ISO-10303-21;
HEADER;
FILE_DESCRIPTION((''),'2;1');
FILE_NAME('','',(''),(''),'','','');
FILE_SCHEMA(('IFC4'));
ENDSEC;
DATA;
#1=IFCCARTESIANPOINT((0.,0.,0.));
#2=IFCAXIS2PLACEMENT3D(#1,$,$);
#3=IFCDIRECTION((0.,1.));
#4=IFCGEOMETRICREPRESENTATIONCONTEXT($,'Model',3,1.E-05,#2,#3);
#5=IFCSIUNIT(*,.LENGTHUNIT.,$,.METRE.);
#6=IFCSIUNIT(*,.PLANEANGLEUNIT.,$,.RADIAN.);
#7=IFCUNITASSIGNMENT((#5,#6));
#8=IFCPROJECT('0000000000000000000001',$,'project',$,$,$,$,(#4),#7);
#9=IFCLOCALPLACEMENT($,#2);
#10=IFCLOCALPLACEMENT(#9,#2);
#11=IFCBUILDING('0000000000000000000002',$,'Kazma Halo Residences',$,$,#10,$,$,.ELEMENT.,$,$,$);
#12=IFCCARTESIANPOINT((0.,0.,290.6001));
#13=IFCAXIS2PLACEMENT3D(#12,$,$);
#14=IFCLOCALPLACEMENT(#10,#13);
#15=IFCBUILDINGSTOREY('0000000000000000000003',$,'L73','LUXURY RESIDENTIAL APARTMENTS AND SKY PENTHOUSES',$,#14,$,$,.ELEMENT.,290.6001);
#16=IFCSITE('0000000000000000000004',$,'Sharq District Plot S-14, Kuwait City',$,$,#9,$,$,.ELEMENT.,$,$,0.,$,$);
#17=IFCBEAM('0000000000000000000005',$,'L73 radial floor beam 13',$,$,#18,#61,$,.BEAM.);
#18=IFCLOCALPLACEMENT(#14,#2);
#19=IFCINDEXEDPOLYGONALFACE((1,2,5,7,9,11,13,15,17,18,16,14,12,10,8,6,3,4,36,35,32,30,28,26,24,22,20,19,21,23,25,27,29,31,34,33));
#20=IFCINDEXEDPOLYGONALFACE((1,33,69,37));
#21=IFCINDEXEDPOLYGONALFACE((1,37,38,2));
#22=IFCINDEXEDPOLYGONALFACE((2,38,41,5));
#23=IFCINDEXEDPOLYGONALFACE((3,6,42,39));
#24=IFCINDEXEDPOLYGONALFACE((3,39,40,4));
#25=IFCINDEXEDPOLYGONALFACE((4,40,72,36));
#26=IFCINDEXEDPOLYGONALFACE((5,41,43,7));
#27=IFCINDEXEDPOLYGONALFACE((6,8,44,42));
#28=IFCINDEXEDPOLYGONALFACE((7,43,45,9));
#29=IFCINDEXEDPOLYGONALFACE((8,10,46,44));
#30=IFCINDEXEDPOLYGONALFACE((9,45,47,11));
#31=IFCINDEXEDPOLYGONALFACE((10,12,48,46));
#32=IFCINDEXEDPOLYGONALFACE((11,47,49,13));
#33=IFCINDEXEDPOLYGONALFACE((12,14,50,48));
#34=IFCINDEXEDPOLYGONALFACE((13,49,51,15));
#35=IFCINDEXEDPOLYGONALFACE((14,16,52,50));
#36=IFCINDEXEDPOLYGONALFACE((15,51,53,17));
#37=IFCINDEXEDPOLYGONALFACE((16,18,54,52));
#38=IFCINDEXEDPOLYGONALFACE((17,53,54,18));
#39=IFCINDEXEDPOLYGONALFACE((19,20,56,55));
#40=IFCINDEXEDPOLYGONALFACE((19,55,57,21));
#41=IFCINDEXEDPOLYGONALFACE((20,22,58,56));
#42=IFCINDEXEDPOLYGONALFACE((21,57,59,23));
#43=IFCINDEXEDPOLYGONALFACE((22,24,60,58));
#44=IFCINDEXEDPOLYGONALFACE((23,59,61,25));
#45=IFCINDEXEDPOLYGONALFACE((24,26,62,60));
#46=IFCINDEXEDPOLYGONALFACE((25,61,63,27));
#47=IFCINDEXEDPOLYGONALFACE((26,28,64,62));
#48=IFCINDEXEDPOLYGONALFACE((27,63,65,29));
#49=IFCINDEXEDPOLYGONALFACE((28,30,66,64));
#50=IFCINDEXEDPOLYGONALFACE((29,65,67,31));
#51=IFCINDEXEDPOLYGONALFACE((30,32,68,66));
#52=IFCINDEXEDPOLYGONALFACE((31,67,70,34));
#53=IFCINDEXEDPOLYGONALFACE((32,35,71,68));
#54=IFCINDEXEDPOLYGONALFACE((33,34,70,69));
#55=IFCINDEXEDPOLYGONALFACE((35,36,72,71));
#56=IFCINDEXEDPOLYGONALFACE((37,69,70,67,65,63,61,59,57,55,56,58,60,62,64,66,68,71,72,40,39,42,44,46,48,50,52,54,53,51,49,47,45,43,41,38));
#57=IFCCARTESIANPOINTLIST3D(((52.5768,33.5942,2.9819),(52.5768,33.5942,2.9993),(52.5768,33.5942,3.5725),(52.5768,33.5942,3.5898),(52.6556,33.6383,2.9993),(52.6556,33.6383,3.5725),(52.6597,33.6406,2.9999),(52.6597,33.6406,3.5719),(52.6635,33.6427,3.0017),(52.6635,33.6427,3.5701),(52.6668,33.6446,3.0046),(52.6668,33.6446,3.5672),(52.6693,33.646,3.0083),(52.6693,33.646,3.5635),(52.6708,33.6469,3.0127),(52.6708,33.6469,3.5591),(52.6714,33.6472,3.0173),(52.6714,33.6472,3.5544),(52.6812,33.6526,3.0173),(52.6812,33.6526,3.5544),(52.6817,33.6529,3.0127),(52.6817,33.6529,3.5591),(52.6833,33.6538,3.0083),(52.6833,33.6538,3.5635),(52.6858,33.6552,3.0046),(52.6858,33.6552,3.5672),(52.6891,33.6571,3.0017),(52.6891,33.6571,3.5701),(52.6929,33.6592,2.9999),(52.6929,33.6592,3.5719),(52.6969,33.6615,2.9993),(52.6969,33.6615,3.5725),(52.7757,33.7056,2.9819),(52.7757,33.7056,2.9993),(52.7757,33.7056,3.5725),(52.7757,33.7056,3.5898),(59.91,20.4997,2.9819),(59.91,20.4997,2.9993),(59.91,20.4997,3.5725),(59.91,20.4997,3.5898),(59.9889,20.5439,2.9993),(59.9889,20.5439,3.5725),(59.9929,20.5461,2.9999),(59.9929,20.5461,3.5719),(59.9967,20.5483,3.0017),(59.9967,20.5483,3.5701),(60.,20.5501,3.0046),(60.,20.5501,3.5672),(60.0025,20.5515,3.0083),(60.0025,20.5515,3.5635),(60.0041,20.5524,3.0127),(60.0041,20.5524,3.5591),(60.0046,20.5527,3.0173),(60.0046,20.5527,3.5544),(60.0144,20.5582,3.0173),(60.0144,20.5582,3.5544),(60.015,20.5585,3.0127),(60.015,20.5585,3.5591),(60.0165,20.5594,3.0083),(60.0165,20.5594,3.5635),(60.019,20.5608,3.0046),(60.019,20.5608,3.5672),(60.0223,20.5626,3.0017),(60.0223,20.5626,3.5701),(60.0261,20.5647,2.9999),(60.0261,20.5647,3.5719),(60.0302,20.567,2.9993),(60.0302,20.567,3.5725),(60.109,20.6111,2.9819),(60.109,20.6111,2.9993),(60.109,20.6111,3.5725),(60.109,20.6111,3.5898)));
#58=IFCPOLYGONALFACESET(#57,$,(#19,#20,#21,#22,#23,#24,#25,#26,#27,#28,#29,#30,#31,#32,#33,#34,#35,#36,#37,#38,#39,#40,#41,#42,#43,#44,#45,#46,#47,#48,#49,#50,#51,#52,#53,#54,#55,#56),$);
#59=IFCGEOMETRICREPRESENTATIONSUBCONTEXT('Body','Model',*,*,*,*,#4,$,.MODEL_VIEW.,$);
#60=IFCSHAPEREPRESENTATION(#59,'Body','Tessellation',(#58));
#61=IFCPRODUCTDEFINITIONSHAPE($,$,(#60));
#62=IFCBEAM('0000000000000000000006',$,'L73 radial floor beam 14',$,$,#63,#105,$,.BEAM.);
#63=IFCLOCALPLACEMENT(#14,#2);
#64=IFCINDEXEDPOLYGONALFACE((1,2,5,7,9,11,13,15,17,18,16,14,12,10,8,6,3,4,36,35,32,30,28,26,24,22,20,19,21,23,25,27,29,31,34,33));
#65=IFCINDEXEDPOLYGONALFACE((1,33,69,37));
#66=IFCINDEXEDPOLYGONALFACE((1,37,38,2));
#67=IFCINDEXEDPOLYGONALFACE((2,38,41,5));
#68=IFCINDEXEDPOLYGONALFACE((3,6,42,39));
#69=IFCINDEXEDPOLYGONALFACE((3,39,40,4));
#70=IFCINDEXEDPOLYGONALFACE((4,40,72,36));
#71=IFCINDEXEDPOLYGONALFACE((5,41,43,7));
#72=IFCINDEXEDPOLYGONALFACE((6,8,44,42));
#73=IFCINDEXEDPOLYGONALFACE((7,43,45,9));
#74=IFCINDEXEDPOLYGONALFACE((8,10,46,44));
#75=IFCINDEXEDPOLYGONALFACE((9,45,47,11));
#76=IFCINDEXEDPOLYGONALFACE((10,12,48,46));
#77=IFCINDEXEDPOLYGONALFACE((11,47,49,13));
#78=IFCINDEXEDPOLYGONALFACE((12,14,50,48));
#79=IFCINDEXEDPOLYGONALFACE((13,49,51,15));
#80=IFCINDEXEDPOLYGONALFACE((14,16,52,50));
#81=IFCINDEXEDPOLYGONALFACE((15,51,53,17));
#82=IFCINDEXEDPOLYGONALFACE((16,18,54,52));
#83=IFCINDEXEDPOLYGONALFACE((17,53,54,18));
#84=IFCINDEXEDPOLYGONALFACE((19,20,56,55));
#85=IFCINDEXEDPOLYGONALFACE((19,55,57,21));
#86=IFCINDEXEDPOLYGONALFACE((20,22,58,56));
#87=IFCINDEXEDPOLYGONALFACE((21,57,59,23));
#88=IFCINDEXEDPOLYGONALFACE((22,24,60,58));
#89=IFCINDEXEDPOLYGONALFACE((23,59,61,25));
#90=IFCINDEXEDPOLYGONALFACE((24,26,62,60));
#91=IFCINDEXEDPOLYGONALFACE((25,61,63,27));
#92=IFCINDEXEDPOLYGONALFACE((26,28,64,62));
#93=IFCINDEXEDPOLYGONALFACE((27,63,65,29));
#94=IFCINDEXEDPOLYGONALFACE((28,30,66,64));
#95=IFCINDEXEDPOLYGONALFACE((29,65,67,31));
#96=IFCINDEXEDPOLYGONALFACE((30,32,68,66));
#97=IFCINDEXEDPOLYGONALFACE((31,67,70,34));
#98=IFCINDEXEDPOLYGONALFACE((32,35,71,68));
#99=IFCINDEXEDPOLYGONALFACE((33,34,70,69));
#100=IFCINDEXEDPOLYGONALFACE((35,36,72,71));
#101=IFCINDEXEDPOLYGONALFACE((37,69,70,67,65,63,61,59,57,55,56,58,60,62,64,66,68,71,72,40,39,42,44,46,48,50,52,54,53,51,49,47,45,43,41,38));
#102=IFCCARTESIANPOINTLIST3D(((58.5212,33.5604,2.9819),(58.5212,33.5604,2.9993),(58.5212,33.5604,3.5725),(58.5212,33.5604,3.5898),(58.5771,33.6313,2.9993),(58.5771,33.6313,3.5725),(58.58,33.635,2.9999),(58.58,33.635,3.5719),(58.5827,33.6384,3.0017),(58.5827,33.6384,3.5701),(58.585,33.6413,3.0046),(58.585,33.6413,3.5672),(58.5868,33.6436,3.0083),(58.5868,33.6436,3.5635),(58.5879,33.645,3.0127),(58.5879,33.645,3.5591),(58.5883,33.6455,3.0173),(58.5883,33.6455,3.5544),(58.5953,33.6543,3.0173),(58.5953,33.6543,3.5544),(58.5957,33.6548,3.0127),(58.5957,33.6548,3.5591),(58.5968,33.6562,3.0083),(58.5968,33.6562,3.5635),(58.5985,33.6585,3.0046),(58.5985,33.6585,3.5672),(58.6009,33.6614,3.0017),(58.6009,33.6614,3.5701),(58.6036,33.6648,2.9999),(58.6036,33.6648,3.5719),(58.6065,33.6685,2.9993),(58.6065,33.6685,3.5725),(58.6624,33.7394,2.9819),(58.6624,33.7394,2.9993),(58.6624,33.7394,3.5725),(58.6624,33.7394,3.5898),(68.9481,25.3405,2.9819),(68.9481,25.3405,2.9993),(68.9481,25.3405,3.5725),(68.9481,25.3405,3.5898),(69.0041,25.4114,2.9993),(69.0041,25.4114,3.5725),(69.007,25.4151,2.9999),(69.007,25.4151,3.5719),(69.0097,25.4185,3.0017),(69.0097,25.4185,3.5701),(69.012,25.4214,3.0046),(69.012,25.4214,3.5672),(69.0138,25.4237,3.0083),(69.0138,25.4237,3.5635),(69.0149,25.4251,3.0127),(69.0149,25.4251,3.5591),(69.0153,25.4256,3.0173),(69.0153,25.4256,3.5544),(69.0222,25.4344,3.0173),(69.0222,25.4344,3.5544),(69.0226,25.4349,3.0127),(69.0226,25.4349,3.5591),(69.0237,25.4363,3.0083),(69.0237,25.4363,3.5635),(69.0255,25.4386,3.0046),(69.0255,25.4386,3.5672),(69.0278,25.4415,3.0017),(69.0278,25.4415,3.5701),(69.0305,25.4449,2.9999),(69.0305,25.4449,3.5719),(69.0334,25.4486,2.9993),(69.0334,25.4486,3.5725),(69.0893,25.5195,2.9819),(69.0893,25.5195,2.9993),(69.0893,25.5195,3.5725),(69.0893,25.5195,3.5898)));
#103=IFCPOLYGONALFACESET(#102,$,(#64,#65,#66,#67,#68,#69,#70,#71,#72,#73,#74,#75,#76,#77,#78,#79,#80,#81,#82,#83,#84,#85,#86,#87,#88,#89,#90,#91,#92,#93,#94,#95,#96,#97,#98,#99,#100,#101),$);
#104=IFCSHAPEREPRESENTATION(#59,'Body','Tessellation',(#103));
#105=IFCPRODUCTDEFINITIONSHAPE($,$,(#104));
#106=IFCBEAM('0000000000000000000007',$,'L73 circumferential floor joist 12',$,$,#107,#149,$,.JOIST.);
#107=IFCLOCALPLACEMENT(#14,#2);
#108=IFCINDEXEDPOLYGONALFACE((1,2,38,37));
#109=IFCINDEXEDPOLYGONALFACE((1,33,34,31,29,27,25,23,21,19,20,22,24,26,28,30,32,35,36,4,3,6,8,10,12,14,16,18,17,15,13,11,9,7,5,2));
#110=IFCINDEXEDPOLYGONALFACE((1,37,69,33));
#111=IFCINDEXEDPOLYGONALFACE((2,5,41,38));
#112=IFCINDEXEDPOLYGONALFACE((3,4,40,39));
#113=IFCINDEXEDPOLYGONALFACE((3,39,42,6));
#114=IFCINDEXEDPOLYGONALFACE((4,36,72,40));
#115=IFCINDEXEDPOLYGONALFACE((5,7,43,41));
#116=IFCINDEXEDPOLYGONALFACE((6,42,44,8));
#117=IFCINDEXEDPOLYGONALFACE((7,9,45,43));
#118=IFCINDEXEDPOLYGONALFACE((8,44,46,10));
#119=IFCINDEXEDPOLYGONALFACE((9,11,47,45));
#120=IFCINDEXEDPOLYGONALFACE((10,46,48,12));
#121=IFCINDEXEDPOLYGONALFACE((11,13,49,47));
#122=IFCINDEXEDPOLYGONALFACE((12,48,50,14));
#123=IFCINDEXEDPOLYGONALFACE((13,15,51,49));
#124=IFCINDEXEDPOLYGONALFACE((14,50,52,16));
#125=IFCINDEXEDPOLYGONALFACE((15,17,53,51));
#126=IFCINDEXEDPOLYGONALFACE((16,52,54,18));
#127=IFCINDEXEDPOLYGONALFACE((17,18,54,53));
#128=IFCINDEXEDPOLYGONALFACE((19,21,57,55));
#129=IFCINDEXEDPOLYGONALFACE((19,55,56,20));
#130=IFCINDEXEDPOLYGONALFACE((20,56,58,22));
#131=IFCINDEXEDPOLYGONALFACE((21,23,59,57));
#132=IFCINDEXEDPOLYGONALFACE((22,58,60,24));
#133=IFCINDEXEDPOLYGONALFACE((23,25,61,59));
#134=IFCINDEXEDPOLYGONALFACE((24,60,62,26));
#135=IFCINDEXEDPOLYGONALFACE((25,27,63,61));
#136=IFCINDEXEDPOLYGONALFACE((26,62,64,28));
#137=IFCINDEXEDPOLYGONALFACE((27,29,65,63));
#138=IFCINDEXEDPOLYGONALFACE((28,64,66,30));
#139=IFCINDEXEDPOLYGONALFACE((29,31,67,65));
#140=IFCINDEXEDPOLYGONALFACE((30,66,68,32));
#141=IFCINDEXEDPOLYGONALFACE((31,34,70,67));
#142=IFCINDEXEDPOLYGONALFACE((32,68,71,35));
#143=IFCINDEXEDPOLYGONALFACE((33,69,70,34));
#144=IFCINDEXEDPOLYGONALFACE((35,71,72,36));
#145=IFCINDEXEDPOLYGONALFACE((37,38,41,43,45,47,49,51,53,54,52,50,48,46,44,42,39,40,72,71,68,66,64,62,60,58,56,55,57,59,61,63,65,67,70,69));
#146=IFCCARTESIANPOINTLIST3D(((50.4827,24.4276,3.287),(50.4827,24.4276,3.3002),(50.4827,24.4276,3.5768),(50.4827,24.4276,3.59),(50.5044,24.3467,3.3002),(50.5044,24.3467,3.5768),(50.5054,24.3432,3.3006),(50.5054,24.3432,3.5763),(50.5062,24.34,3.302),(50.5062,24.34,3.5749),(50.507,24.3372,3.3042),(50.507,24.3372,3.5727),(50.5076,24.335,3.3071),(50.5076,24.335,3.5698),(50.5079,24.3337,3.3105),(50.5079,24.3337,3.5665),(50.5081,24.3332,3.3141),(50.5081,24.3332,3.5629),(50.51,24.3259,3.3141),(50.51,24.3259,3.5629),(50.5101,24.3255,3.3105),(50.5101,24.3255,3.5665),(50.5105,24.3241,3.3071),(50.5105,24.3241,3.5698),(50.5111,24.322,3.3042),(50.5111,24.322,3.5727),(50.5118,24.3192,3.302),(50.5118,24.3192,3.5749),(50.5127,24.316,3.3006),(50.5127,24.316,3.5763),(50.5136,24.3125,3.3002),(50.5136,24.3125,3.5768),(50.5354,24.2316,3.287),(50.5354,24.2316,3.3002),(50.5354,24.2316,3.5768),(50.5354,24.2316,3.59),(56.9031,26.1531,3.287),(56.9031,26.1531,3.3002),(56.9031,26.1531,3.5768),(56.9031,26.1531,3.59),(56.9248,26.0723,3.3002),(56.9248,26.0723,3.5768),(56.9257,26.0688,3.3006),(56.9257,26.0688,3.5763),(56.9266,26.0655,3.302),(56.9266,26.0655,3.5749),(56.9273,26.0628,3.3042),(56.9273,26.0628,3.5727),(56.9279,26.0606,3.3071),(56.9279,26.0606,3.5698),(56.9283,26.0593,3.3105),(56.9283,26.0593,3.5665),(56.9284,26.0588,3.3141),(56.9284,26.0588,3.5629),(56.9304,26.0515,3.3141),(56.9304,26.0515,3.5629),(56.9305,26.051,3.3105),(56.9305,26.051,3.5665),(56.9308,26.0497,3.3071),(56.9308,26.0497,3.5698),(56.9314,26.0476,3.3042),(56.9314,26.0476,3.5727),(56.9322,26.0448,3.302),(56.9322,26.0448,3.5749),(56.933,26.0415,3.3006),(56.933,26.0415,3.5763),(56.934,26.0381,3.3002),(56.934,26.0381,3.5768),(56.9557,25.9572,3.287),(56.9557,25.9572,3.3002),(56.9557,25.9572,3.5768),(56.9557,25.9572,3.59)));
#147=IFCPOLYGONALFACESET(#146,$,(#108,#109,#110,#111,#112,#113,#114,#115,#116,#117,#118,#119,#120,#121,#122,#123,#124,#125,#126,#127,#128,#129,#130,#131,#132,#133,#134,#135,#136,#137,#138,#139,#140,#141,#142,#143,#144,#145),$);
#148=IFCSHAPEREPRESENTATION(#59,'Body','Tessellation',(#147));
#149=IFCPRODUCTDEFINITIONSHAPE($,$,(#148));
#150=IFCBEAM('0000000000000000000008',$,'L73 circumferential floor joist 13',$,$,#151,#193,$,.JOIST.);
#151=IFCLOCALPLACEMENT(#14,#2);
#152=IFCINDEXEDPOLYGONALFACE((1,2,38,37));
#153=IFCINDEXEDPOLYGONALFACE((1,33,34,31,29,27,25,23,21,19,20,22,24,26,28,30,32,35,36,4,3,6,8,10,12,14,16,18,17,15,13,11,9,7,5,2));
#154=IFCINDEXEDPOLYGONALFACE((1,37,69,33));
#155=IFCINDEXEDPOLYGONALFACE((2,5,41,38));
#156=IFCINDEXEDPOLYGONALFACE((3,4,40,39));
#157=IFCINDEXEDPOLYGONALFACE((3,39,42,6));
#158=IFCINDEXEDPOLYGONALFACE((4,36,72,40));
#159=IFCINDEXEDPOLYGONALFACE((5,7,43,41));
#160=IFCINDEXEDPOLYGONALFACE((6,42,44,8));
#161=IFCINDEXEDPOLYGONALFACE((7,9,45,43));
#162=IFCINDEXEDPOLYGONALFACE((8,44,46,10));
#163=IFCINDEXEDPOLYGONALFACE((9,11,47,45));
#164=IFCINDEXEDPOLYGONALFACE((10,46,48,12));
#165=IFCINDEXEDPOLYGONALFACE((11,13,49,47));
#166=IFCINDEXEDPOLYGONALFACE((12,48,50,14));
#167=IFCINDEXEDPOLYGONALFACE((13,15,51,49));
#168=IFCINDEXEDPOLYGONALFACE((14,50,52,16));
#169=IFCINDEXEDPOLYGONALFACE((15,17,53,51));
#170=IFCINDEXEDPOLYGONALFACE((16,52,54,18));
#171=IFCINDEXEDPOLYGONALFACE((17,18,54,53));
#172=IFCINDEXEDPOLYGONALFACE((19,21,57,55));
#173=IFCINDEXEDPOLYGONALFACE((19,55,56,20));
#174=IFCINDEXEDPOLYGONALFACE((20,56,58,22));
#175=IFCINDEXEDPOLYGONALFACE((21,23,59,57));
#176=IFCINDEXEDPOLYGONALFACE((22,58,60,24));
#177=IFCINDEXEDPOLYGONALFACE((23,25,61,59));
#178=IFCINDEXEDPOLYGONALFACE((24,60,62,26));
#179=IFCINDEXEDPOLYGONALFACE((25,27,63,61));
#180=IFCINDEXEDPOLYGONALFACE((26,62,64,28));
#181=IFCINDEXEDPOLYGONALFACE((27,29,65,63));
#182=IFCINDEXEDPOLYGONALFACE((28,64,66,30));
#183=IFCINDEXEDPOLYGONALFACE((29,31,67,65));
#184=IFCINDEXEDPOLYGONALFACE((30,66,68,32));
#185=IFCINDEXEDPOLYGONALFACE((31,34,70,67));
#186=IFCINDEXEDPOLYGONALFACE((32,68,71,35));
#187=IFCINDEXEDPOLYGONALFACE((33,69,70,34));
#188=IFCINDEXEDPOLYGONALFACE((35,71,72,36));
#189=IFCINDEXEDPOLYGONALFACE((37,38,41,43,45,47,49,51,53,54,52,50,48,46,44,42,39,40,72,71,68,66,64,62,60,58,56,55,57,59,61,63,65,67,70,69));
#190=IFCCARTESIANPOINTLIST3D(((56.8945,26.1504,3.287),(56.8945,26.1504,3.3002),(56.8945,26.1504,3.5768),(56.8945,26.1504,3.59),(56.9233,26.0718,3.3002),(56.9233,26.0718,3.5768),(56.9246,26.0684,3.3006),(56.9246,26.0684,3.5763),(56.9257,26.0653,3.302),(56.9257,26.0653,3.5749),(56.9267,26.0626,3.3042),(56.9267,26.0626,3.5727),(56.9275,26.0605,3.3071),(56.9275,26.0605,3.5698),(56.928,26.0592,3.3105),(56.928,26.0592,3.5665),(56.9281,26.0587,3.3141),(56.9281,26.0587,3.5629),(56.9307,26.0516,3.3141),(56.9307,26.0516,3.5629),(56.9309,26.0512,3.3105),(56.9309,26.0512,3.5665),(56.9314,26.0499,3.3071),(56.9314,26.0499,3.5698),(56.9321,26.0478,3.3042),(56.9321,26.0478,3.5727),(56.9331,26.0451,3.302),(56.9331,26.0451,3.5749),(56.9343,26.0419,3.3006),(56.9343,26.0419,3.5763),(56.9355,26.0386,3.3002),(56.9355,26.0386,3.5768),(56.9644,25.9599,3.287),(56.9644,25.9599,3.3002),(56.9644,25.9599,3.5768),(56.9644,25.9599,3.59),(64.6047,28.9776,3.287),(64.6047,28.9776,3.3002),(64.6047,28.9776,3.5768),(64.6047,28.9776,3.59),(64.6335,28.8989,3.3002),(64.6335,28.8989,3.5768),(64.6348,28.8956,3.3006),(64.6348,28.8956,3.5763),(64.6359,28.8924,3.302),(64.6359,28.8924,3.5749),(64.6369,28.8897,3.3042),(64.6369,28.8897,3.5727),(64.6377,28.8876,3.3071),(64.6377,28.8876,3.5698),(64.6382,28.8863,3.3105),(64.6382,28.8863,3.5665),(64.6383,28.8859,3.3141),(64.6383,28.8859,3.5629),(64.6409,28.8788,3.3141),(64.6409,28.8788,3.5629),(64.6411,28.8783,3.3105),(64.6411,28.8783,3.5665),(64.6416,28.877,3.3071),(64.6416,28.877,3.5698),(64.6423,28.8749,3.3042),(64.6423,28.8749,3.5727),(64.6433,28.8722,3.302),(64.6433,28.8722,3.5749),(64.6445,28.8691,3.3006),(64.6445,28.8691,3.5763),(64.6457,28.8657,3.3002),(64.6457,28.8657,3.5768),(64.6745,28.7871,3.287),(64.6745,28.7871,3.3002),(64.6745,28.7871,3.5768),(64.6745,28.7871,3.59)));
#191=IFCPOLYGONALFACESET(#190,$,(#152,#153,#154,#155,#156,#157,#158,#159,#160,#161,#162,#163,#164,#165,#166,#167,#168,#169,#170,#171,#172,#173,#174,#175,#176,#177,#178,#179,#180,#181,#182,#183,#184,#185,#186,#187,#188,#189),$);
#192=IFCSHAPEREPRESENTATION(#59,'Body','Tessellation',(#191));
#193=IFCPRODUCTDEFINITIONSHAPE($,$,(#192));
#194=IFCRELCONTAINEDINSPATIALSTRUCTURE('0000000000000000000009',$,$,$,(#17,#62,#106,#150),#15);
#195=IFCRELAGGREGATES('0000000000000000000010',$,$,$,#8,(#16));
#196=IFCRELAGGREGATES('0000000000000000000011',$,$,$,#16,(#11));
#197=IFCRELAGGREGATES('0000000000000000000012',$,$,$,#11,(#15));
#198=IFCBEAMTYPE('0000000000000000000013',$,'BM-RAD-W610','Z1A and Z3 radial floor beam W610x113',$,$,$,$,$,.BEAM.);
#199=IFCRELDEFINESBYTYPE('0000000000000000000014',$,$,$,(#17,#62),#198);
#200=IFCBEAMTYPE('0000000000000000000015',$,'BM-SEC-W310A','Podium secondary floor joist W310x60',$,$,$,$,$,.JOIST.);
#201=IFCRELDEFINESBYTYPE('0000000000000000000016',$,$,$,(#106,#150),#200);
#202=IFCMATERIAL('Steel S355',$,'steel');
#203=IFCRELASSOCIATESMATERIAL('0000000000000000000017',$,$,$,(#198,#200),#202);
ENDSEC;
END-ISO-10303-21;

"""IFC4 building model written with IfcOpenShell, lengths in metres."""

from ifc_helpers import new_model, si_unit, direction, frame, origin, origin_2d, place, context, subcontext, project, spatial, i_section, extrude, material, material_profile, profile_set, type_object, element, save


model = new_model("IFC4")

# Units and contexts
model_context = context("Model", 3, precision=1e-05, world=origin(), true_north=direction((0.0, 1.0)))
body_context = subcontext(model_context, "Body", "Model", "MODEL_VIEW")
ifc_project = project(units=[si_unit("LENGTHUNIT", "METRE"), si_unit("PLANEANGLEUNIT", "RADIAN")], contexts=[model_context])

# Site, building, storey
site_placement = place(None, origin())
site = spatial("IfcSite", under=ifc_project, at=site_placement, Name="Sharq District Plot S-14, Kuwait City", CompositionType="ELEMENT", RefElevation=0.0)
building_placement = place(site_placement, origin())
building = spatial("IfcBuilding", under=site, at=building_placement, Name="Kazma Halo Residences", CompositionType="ELEMENT")
storey_placement = place(building_placement, frame((0.0, 0.0, 290.6001)))
storey = spatial("IfcBuildingStorey", under=building, at=storey_placement, Name="L73", Description="LUXURY RESIDENTIAL APARTMENTS AND SKY PENTHOUSES", CompositionType="ELEMENT", Elevation=290.6001)

# Beams
ifc_material_1 = material(Name="Steel S355", Category="steel")
ifc_material_profile_1 = material_profile(ifc_material_1, i_section(OverallWidth=0.228, OverallDepth=0.6079, WebThickness=0.0112, FlangeThickness=0.0173, FilletRadius=0.0181, at=origin_2d()), Name="W610x113")
ifc_profile_set_1 = profile_set([ifc_material_profile_1], Name="Steel S355")
beam_type_1 = type_object("IfcBeamType", Name="BM-RAD-W610", Description="Z1A and Z3 radial floor beam W610x113", PredefinedType="BEAM", material=ifc_profile_set_1)
beam_1_placement = place(storey_placement, frame((52.6763, 33.6499, 3.2859), z_axis=(0.488621, -0.872496, 0.0), x_axis=(0.872496, 0.488621, 0.0)))
element("IfcBeam", 1, at=beam_1_placement, inside=storey, type_object=beam_type_1, Name="L73 radial floor beam 13", PredefinedType="BEAM", context=body_context, shape_type="SweptSolid", body=[
    extrude(i_section(OverallWidth=0.228, OverallDepth=0.6079, WebThickness=0.0112, FlangeThickness=0.0173, FilletRadius=0.0181, at=origin_2d()), origin(), (0.0, 0.0, 1.0), 15.0081),
])
beam_2_placement = place(storey_placement, frame((58.5918, 33.6499, 3.2859), z_axis=(0.785317, -0.619093, 0.0), x_axis=(0.619093, 0.785317, 0.0)))
element("IfcBeam", 2, at=beam_2_placement, inside=storey, type_object=beam_type_1, Name="L73 radial floor beam 14", PredefinedType="BEAM", context=body_context, shape_type="SweptSolid", body=[
    extrude(i_section(OverallWidth=0.228, OverallDepth=0.6079, WebThickness=0.0112, FlangeThickness=0.0173, FilletRadius=0.0181, at=origin_2d()), origin(), (0.0, 0.0, 1.0), 13.2773),
])
ifc_material_profile_2 = material_profile(ifc_material_1, i_section(OverallWidth=0.2029, OverallDepth=0.303, WebThickness=0.0076, FlangeThickness=0.0132, FilletRadius=0.0139, at=origin_2d()), Name="W310x60")
ifc_profile_set_2 = profile_set([ifc_material_profile_2], Name="Steel S355")
beam_type_2 = type_object("IfcBeamType", Name="BM-SEC-W310A", Description="Podium secondary floor joist W310x60", PredefinedType="JOIST", material=ifc_profile_set_2)
beam_3_placement = place(storey_placement, frame((50.509, 24.3296, 3.4385), z_axis=(0.965728, 0.259555, 0.0), x_axis=(-0.259555, 0.965728, 0.0)))
element("IfcBeam", 3, at=beam_3_placement, inside=storey, type_object=beam_type_2, Name="L73 circumferential floor joist 12", PredefinedType="JOIST", context=body_context, shape_type="SweptSolid", body=[
    extrude(i_section(OverallWidth=0.2029, OverallDepth=0.303, WebThickness=0.0076, FlangeThickness=0.0132, FilletRadius=0.0139, at=origin_2d()), origin(), (0.0, 0.0, 1.0), 6.6482),
])
beam_4_placement = place(storey_placement, frame((56.9294, 26.0552, 3.4385), z_axis=(0.938873, 0.344263, 0.0), x_axis=(-0.344263, 0.938873, 0.0)))
element("IfcBeam", 4, at=beam_4_placement, inside=storey, type_object=beam_type_2, Name="L73 circumferential floor joist 13", PredefinedType="JOIST", context=body_context, shape_type="SweptSolid", body=[
    extrude(i_section(OverallWidth=0.2029, OverallDepth=0.303, WebThickness=0.0076, FlangeThickness=0.0132, FilletRadius=0.0139, at=origin_2d()), origin(), (0.0, 0.0, 1.0), 8.2122),
])

save(model, "model.ifc")
